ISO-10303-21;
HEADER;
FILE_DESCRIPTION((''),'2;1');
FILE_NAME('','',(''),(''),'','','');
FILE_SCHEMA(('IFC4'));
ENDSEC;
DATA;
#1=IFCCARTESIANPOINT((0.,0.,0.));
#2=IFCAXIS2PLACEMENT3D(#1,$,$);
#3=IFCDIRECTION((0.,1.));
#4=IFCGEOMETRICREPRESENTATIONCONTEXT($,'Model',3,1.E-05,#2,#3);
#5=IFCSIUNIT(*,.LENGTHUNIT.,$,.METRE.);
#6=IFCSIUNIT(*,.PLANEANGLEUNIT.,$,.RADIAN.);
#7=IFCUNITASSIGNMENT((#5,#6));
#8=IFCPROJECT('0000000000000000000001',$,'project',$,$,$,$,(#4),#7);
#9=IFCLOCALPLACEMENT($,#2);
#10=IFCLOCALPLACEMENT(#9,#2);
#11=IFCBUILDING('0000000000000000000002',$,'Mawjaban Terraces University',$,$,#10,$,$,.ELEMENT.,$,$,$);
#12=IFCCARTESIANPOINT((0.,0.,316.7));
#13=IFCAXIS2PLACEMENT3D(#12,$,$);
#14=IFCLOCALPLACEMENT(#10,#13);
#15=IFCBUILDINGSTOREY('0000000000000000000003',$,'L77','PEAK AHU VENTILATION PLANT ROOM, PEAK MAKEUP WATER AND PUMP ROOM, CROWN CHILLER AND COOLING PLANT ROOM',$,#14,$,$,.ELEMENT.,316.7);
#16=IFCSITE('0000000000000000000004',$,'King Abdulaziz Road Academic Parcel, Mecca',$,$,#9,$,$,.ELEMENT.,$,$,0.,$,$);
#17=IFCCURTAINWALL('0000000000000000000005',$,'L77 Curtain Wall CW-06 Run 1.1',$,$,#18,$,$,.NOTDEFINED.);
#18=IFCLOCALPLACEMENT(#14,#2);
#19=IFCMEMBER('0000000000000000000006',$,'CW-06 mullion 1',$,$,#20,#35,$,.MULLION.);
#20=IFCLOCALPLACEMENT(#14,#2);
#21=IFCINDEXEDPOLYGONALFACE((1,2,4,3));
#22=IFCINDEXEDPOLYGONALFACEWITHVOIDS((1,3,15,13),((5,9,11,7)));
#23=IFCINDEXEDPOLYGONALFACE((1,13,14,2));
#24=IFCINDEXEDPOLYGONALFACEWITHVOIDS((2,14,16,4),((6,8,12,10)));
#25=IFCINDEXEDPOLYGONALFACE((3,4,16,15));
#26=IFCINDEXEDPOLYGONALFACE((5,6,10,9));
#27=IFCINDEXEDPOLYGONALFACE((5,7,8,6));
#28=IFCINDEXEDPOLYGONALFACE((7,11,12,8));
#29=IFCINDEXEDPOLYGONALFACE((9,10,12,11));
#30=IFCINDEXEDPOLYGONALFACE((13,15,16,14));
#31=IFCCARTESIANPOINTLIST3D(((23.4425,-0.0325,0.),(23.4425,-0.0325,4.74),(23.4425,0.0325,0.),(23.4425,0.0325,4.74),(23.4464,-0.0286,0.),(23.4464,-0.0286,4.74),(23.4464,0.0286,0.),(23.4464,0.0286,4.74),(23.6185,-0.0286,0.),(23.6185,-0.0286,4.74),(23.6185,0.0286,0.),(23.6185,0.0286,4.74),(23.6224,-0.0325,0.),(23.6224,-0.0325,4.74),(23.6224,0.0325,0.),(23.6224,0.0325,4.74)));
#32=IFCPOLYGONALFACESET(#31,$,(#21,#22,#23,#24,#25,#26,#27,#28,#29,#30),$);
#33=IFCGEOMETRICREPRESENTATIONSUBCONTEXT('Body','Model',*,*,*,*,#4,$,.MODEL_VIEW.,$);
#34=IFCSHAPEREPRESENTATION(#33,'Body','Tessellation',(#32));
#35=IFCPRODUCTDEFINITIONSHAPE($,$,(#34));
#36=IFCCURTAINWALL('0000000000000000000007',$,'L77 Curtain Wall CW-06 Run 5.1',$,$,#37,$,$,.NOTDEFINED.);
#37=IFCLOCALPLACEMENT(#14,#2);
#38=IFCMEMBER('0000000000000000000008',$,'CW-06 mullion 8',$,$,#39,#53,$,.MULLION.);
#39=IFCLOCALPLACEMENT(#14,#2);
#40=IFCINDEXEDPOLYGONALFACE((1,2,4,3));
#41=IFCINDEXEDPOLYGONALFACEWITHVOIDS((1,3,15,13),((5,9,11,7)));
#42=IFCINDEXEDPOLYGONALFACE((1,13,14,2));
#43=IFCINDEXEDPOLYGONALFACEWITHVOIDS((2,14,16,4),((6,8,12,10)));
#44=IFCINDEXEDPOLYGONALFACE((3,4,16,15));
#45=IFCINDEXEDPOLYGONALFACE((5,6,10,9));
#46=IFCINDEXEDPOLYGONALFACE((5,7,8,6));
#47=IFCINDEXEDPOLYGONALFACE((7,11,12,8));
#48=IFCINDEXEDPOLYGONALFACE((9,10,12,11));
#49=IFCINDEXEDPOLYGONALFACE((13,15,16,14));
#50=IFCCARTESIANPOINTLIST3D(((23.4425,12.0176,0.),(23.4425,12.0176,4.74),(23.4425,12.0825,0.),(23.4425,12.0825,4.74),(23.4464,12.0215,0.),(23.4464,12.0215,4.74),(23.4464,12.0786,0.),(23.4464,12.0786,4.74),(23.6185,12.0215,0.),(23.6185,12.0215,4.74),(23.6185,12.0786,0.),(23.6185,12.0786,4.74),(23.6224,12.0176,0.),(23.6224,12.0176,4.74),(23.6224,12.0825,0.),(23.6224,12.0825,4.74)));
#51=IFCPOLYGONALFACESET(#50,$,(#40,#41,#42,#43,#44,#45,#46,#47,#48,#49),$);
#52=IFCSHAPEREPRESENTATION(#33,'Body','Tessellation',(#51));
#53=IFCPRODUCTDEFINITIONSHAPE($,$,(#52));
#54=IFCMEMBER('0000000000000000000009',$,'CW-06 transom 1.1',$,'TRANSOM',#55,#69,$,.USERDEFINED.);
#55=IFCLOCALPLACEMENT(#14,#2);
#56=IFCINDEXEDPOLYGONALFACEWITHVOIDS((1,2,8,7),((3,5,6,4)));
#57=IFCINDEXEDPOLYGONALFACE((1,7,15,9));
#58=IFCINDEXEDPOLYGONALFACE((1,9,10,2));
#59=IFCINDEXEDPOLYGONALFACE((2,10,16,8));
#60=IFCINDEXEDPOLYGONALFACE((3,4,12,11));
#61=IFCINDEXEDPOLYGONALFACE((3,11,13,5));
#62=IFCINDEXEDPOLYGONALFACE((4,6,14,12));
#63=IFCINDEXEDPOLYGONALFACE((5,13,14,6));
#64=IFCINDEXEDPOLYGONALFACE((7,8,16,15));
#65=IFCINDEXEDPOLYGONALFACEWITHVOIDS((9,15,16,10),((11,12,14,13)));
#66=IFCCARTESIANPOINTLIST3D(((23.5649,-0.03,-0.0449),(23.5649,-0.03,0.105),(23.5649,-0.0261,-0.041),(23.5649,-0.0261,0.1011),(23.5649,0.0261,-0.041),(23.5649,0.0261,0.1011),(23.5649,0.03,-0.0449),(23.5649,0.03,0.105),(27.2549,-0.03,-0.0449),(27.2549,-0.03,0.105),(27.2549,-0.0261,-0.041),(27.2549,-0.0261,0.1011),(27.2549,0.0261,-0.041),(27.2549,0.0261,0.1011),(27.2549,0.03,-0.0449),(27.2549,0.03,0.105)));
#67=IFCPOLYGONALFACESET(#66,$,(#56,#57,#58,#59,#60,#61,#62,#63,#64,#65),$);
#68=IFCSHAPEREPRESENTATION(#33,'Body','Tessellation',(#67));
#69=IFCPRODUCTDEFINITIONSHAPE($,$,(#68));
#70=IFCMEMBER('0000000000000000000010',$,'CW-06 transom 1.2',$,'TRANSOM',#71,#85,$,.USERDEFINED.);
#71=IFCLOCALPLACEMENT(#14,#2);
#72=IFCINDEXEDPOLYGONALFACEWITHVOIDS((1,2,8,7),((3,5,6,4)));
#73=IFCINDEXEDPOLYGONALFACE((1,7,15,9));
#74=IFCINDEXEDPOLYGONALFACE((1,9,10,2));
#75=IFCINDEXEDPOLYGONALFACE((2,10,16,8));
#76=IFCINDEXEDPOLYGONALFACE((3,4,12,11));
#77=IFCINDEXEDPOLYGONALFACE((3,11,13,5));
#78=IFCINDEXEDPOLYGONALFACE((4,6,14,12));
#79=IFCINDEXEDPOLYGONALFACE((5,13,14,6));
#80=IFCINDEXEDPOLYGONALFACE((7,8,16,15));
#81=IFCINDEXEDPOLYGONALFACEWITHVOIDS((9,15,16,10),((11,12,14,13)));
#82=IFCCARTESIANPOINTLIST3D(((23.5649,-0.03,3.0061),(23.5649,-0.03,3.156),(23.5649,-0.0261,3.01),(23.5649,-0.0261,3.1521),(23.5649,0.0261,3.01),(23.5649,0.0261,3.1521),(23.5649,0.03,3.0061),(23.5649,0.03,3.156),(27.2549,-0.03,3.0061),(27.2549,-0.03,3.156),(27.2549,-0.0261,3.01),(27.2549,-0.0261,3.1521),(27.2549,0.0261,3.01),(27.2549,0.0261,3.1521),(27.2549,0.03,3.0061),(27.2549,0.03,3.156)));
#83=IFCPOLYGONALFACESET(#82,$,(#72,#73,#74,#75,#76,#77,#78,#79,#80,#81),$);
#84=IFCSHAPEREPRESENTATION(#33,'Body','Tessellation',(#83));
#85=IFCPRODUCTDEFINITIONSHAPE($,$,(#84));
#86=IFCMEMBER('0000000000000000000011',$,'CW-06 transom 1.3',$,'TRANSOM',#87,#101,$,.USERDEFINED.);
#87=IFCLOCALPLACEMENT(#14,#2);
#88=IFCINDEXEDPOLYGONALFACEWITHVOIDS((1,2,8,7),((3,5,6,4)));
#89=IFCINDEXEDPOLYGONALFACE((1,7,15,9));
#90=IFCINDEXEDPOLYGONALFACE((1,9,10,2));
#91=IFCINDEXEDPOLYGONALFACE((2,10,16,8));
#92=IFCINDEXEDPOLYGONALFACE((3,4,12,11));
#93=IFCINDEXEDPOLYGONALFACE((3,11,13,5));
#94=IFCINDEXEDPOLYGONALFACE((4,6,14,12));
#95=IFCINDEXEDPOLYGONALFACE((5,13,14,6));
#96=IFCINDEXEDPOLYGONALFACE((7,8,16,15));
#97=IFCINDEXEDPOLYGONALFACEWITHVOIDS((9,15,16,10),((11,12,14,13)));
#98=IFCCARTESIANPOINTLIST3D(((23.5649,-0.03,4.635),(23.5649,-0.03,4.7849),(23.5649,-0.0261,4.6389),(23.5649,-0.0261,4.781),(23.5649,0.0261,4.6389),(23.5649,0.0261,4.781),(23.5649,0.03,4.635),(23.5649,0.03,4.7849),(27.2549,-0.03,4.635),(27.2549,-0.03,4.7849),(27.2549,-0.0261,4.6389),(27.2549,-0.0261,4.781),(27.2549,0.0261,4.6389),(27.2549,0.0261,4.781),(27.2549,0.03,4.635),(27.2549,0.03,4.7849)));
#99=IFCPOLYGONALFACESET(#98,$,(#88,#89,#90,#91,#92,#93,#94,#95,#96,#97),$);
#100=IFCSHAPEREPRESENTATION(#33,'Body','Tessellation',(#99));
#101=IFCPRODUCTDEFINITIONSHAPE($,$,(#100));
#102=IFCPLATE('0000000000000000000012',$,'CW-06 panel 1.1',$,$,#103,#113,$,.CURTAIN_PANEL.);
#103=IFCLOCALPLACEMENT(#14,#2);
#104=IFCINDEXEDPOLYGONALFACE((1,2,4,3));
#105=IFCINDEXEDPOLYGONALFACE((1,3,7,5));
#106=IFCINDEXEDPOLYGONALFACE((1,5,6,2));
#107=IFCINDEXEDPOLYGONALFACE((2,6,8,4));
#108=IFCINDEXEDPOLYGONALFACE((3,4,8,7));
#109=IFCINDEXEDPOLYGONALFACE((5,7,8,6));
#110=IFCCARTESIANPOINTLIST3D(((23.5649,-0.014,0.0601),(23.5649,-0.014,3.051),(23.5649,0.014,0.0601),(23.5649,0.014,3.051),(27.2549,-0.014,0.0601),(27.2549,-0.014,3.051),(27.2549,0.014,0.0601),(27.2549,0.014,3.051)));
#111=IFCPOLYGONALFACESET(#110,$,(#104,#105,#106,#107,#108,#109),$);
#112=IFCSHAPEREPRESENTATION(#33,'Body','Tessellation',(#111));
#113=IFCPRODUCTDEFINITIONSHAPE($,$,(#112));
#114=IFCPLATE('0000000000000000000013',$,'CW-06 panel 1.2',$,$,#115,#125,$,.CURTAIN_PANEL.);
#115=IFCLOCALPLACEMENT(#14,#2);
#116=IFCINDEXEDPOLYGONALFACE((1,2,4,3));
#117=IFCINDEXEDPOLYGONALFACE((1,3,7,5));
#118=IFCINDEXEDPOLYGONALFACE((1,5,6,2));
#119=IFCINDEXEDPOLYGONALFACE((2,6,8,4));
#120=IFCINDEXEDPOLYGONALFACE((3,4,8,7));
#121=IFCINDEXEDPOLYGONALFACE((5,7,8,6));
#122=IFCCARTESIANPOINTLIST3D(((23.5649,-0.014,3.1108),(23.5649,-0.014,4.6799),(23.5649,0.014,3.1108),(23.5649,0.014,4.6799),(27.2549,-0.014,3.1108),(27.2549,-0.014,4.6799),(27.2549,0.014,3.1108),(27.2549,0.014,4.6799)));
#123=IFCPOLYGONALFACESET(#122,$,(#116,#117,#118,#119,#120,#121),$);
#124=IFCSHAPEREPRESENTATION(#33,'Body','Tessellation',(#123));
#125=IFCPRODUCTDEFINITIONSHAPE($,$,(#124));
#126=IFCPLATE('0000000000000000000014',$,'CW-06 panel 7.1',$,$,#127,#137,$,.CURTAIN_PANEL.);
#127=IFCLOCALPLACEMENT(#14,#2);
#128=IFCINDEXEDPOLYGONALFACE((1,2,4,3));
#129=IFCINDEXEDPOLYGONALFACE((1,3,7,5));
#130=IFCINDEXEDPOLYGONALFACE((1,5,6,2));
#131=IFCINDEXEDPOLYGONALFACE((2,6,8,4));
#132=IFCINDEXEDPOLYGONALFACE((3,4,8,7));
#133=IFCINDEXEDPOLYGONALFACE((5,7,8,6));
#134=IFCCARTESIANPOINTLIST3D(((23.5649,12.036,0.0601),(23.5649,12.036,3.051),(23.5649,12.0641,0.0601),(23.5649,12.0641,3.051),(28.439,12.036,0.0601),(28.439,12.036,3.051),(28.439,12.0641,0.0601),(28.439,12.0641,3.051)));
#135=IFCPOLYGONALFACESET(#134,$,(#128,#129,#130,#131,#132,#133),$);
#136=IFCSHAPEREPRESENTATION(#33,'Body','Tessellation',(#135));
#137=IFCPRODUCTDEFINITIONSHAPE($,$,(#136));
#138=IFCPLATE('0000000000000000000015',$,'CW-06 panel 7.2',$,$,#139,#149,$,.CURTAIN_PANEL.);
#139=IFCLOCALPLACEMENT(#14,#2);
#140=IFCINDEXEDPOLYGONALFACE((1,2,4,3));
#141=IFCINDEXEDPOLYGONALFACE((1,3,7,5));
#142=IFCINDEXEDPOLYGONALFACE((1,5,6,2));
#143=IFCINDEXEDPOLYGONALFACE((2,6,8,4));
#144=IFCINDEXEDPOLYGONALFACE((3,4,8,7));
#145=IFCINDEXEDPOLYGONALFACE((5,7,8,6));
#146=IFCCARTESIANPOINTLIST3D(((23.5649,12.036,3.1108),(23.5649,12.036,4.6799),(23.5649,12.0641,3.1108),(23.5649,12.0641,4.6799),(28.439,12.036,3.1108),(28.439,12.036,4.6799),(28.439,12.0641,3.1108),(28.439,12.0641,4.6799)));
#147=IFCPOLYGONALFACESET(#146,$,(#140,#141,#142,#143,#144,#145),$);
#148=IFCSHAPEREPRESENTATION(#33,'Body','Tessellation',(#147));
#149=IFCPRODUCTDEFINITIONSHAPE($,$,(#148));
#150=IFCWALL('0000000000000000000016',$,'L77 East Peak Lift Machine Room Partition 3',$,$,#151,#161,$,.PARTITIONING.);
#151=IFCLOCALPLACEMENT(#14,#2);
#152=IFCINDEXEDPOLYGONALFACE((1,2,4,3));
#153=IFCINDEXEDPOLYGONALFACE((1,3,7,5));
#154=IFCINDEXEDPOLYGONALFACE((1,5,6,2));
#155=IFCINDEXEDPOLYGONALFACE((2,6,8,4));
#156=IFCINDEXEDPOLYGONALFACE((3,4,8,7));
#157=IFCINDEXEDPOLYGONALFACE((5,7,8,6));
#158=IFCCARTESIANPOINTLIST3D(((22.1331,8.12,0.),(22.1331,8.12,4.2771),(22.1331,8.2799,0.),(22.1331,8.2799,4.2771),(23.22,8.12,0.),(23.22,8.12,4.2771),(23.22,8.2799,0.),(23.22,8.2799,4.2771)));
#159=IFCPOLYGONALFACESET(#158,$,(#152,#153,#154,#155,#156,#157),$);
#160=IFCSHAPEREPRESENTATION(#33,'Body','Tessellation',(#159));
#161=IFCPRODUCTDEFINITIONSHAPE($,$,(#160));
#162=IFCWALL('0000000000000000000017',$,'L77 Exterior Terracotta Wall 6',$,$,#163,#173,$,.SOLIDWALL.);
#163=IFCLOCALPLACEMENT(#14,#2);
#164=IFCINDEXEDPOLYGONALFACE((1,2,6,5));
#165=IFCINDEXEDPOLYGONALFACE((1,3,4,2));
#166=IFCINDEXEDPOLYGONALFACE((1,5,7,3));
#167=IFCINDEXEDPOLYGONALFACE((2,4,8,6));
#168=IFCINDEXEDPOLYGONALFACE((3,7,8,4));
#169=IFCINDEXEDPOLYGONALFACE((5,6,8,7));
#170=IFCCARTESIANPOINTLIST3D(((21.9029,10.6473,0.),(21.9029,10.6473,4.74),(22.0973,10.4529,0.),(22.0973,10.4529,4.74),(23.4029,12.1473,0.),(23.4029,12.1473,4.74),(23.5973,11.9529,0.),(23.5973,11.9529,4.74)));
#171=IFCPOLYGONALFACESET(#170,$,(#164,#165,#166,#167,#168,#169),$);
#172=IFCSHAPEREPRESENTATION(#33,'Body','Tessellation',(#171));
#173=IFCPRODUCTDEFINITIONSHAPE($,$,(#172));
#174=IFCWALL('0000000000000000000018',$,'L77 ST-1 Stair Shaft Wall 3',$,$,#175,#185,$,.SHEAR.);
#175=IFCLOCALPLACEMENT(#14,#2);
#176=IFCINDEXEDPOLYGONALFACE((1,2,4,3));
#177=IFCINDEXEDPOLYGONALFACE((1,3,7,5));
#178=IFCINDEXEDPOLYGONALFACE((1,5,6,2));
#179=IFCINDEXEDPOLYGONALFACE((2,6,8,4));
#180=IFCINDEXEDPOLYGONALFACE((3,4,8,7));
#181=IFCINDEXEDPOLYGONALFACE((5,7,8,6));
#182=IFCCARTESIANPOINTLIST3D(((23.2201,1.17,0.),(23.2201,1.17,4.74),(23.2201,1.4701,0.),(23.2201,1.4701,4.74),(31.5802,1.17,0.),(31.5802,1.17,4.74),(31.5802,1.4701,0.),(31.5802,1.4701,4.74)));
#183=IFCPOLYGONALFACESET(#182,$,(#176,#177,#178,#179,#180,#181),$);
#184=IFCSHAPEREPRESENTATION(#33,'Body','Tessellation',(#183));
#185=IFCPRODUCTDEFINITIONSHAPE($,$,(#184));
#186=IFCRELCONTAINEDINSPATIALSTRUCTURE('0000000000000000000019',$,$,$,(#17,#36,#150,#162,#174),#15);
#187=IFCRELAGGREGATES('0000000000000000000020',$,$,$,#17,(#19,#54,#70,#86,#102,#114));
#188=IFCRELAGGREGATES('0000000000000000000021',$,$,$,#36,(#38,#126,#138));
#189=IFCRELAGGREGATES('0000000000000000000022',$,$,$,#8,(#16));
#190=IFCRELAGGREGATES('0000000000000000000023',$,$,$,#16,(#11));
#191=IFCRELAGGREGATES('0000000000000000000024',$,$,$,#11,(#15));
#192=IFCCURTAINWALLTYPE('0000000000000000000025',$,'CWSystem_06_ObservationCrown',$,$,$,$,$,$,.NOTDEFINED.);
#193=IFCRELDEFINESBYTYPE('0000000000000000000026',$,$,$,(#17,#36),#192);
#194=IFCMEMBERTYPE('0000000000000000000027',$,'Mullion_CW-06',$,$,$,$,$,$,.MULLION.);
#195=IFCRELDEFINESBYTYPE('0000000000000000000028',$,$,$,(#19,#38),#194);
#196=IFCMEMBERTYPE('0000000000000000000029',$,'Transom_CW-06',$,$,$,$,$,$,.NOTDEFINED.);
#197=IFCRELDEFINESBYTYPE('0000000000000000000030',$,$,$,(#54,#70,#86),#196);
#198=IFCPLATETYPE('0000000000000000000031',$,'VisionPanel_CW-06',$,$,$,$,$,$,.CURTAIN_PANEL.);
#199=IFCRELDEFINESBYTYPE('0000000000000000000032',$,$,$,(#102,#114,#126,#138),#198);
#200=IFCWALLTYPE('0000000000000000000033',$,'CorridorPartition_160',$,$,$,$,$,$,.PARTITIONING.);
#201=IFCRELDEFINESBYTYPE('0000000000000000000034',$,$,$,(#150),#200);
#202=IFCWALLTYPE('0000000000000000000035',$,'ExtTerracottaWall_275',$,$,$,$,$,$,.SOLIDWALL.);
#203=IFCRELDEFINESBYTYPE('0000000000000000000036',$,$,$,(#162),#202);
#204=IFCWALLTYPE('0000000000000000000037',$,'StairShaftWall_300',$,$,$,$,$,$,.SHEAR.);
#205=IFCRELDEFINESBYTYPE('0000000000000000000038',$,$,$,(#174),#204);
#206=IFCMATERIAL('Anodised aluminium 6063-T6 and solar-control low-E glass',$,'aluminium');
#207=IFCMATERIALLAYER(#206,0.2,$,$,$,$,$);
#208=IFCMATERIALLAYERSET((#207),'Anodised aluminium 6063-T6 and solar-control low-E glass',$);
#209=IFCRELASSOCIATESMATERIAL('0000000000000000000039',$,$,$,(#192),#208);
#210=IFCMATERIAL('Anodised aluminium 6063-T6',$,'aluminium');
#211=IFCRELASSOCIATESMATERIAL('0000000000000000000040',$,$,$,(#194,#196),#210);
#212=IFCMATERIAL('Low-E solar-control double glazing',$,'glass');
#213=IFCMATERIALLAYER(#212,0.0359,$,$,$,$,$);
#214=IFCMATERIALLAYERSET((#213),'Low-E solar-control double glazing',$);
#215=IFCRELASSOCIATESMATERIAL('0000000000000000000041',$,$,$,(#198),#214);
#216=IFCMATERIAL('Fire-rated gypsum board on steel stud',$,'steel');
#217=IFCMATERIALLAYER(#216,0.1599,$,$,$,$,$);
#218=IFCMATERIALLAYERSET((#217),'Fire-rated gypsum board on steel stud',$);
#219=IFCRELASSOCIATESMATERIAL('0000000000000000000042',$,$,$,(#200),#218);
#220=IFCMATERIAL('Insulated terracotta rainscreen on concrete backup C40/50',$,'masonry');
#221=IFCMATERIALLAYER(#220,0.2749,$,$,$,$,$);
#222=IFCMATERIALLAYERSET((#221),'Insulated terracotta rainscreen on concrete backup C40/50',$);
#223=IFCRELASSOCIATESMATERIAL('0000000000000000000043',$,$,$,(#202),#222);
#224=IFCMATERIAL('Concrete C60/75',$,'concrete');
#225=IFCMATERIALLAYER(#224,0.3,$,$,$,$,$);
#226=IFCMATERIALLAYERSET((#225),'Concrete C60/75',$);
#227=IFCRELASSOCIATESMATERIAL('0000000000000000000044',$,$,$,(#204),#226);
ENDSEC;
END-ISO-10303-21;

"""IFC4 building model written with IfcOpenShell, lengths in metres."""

from ifc_helpers import new_model, si_unit, direction, frame, frame_2d, origin, origin_2d, place, context, subcontext, project, spatial, rectangle, hollow_rectangle, extrude, material, layer, layer_set, material_profile, profile_set, type_object, element, aggregate, save


model = new_model("IFC4")

# Units and contexts
model_context = context("Model", 3, precision=1e-05, world=origin(), true_north=direction((0.0, 1.0)))
body_context = subcontext(model_context, "Body", "Model", "MODEL_VIEW")
ifc_project = project(units=[si_unit("LENGTHUNIT", "METRE"), si_unit("PLANEANGLEUNIT", "RADIAN")], contexts=[model_context])

# Site, building, storey
site_placement = place(None, origin())
site = spatial("IfcSite", under=ifc_project, at=site_placement, Name="King Abdulaziz Road Academic Parcel, Mecca", CompositionType="ELEMENT", RefElevation=0.0)
building_placement = place(site_placement, origin())
building = spatial("IfcBuilding", under=site, at=building_placement, Name="Mawjaban Terraces University", CompositionType="ELEMENT")
storey_placement = place(building_placement, frame((0.0, 0.0, 316.7)))
storey = spatial("IfcBuildingStorey", under=building, at=storey_placement, Name="L77", Description="PEAK AHU VENTILATION PLANT ROOM, PEAK MAKEUP WATER AND PUMP ROOM, CROWN CHILLER AND COOLING PLANT ROOM", CompositionType="ELEMENT", Elevation=316.7)

# Curtain walls, members
ifc_material_1 = material(Name="Anodised aluminium 6063-T6 and solar-control low-E glass", Category="aluminium")
ifc_layer_1 = layer(ifc_material_1, 0.2)
ifc_layer_set_1 = layer_set([ifc_layer_1], Name="Anodised aluminium 6063-T6 and solar-control low-E glass")
curtain_wall_type = type_object("IfcCurtainWallType", Name="CWSystem_06_ObservationCrown", PredefinedType="NOTDEFINED", material=ifc_layer_set_1)
curtain_wall_1_placement = place(storey_placement, origin())
curtain_wall_1 = element("IfcCurtainWall", 1, at=curtain_wall_1_placement, inside=storey, type_object=curtain_wall_type, Name="L77 Curtain Wall CW-06 Run 1.1", PredefinedType="NOTDEFINED")
ifc_material_2 = material(Name="Anodised aluminium 6063-T6", Category="aluminium")
ifc_material_profile_1 = material_profile(ifc_material_2, hollow_rectangle(XDim=0.0649, YDim=0.1799, WallThickness=0.0039, at=origin_2d()), Name="ALU180X65X4")
ifc_profile_set_1 = profile_set([ifc_material_profile_1], Name="Anodised aluminium 6063-T6")
member_type_1 = type_object("IfcMemberType", Name="Mullion_CW-06", PredefinedType="MULLION", material=ifc_profile_set_1)
member_1_placement = place(storey_placement, frame((23.5325, 0.0, 0.0), z_axis=(0.0, 0.0, 1.0), x_axis=(0.0, 1.0, 0.0)))
member_1 = element("IfcMember", 2, at=member_1_placement, type_object=member_type_1, Name="CW-06 mullion 1", PredefinedType="MULLION", context=body_context, shape_type="SweptSolid", body=[
    extrude(hollow_rectangle(XDim=0.0649, YDim=0.1799, WallThickness=0.0039, at=origin_2d()), origin(), (0.0, 0.0, 1.0), 4.74),
])
curtain_wall_2_placement = place(storey_placement, origin())
curtain_wall_2 = element("IfcCurtainWall", 3, at=curtain_wall_2_placement, inside=storey, type_object=curtain_wall_type, Name="L77 Curtain Wall CW-06 Run 5.1", PredefinedType="NOTDEFINED")
member_2_placement = place(storey_placement, frame((23.5325, 12.05, 0.0), z_axis=(0.0, 0.0, 1.0), x_axis=(0.0, -1.0, 0.0)))
member_2 = element("IfcMember", 4, at=member_2_placement, type_object=member_type_1, Name="CW-06 mullion 8", PredefinedType="MULLION", context=body_context, shape_type="SweptSolid", body=[
    extrude(hollow_rectangle(XDim=0.0649, YDim=0.1799, WallThickness=0.0039, at=origin_2d()), origin(), (0.0, 0.0, 1.0), 4.74),
])

# Members
ifc_material_profile_2 = material_profile(ifc_material_2, hollow_rectangle(XDim=0.0601, YDim=0.1499, WallThickness=0.0039, at=origin_2d()), Name="ALU150X60X4")
ifc_profile_set_2 = profile_set([ifc_material_profile_2], Name="Anodised aluminium 6063-T6")
member_type_2 = type_object("IfcMemberType", Name="Transom_CW-06", PredefinedType="NOTDEFINED", material=ifc_profile_set_2)
member_3_placement = place(storey_placement, frame((23.5649, 0.0, 0.03), z_axis=(1.0, 0.0, 0.0), x_axis=(0.0, 1.0, 0.0)))
member_3 = element("IfcMember", 5, at=member_3_placement, type_object=member_type_2, Name="CW-06 transom 1.1", ObjectType="TRANSOM", PredefinedType="USERDEFINED", context=body_context, shape_type="SweptSolid", body=[
    extrude(hollow_rectangle(XDim=0.0601, YDim=0.1499, WallThickness=0.0039, at=origin_2d()), origin(), (0.0, 0.0, 1.0), 3.6899),
])
member_4_placement = place(storey_placement, frame((23.5649, 0.0, 3.0811), z_axis=(1.0, 0.0, 0.0), x_axis=(0.0, 1.0, 0.0)))
member_4 = element("IfcMember", 6, at=member_4_placement, type_object=member_type_2, Name="CW-06 transom 1.2", ObjectType="TRANSOM", PredefinedType="USERDEFINED", context=body_context, shape_type="SweptSolid", body=[
    extrude(hollow_rectangle(XDim=0.0601, YDim=0.1499, WallThickness=0.0039, at=origin_2d()), origin(), (0.0, 0.0, 1.0), 3.6899),
])
member_5_placement = place(storey_placement, frame((23.5649, 0.0, 4.71), z_axis=(1.0, 0.0, 0.0), x_axis=(0.0, 1.0, 0.0)))
member_5 = element("IfcMember", 7, at=member_5_placement, type_object=member_type_2, Name="CW-06 transom 1.3", ObjectType="TRANSOM", PredefinedType="USERDEFINED", context=body_context, shape_type="SweptSolid", body=[
    extrude(hollow_rectangle(XDim=0.0601, YDim=0.1499, WallThickness=0.0039, at=origin_2d()), origin(), (0.0, 0.0, 1.0), 3.6899),
])

# Plates
ifc_material_3 = material(Name="Low-E solar-control double glazing", Category="glass")
ifc_layer_2 = layer(ifc_material_3, 0.0359)
ifc_layer_set_2 = layer_set([ifc_layer_2], Name="Low-E solar-control double glazing")
plate_type = type_object("IfcPlateType", Name="VisionPanel_CW-06", PredefinedType="CURTAIN_PANEL", material=ifc_layer_set_2)
plate_1_placement = place(storey_placement, frame((25.4099, 0.0, 0.0601), z_axis=(0.0, 0.0, 1.0), x_axis=(1.0, 0.0, 0.0)))
plate_1 = element("IfcPlate", 8, at=plate_1_placement, type_object=plate_type, Name="CW-06 panel 1.1", PredefinedType="CURTAIN_PANEL", context=body_context, shape_type="SweptSolid", body=[
    extrude(rectangle(XDim=3.6899, YDim=0.0281, at=origin_2d()), origin(), (0.0, 0.0, 1.0), 2.991),
])
plate_2_placement = place(storey_placement, frame((25.4099, 0.0, 3.1108), z_axis=(0.0, 0.0, 1.0), x_axis=(1.0, 0.0, 0.0)))
plate_2 = element("IfcPlate", 9, at=plate_2_placement, type_object=plate_type, Name="CW-06 panel 1.2", PredefinedType="CURTAIN_PANEL", context=body_context, shape_type="SweptSolid", body=[
    extrude(rectangle(XDim=3.6899, YDim=0.0281, at=origin_2d()), origin(), (0.0, 0.0, 1.0), 1.5691),
])
aggregate(curtain_wall_1, [member_1, member_3, member_4, member_5, plate_1, plate_2])
plate_3_placement = place(storey_placement, frame((26.002, 12.05, 0.0601), z_axis=(0.0, 0.0, 1.0), x_axis=(-1.0, 0.0, 0.0)))
plate_3 = element("IfcPlate", 10, at=plate_3_placement, type_object=plate_type, Name="CW-06 panel 7.1", PredefinedType="CURTAIN_PANEL", context=body_context, shape_type="SweptSolid", body=[
    extrude(rectangle(XDim=4.874, YDim=0.0281, at=origin_2d()), origin(), (0.0, 0.0, 1.0), 2.991),
])
plate_4_placement = place(storey_placement, frame((26.002, 12.05, 3.1108), z_axis=(0.0, 0.0, 1.0), x_axis=(-1.0, 0.0, 0.0)))
plate_4 = element("IfcPlate", 11, at=plate_4_placement, type_object=plate_type, Name="CW-06 panel 7.2", PredefinedType="CURTAIN_PANEL", context=body_context, shape_type="SweptSolid", body=[
    extrude(rectangle(XDim=4.874, YDim=0.0281, at=origin_2d()), origin(), (0.0, 0.0, 1.0), 1.5691),
])
aggregate(curtain_wall_2, [member_2, plate_3, plate_4])

# Walls
ifc_material_4 = material(Name="Fire-rated gypsum board on steel stud", Category="steel")
ifc_layer_3 = layer(ifc_material_4, 0.1599)
ifc_layer_set_3 = layer_set([ifc_layer_3], Name="Fire-rated gypsum board on steel stud")
wall_type_1 = type_object("IfcWallType", Name="CorridorPartition_160", PredefinedType="PARTITIONING", material=ifc_layer_set_3)
wall_1_placement = place(storey_placement, frame((23.22, 8.2, 0.0), z_axis=(0.0, 0.0, 1.0), x_axis=(-1.0, 0.0, 0.0)))
element("IfcWall", 12, at=wall_1_placement, inside=storey, type_object=wall_type_1, Name="L77 East Peak Lift Machine Room Partition 3", PredefinedType="PARTITIONING", context=body_context, shape_type="SweptSolid", body=[
    extrude(rectangle(XDim=1.0869, YDim=0.1599, at=frame_2d((0.5435, 0.0))), origin(), (0.0, 0.0, 1.0), 4.2771),
])
ifc_material_5 = material(Name="Insulated terracotta rainscreen on concrete backup C40/50", Category="masonry")
ifc_layer_4 = layer(ifc_material_5, 0.2749)
ifc_layer_set_4 = layer_set([ifc_layer_4], Name="Insulated terracotta rainscreen on concrete backup C40/50")
wall_type_2 = type_object("IfcWallType", Name="ExtTerracottaWall_275", PredefinedType="SOLIDWALL", material=ifc_layer_set_4)
wall_2_placement = place(storey_placement, frame((23.5, 12.05, 0.0), z_axis=(0.0, 0.0, 1.0), x_axis=(-0.707107, -0.707107, 0.0)))
element("IfcWall", 13, at=wall_2_placement, inside=storey, type_object=wall_type_2, Name="L77 Exterior Terracotta Wall 6", PredefinedType="SOLIDWALL", context=body_context, shape_type="SweptSolid", body=[
    extrude(rectangle(XDim=2.1213, YDim=0.2749, at=frame_2d((1.0605, 0.0))), origin(), (0.0, 0.0, 1.0), 4.74),
])
ifc_material_6 = material(Name="Concrete C60/75", Category="concrete")
ifc_layer_5 = layer(ifc_material_6, 0.3)
ifc_layer_set_5 = layer_set([ifc_layer_5], Name="Concrete C60/75")
wall_type_3 = type_object("IfcWallType", Name="StairShaftWall_300", PredefinedType="SHEAR", material=ifc_layer_set_5)
for number, where, z_axis, x_axis, name in (
    (14, (23.22, 1.3201, 0.0), (0.0, 0.0, 1.0), (1.0, 0.0, 0.0), "L77 ST-1 Stair Shaft Wall 3"),
):
    element("IfcWall", number, at=place(storey_placement, frame(where, z_axis=z_axis, x_axis=x_axis)), inside=storey, type_object=wall_type_3, Name=name, PredefinedType="SHEAR", context=body_context, shape_type="SweptSolid", body=[
        extrude(rectangle(XDim=8.3601, YDim=0.3, at=frame_2d((4.1802, 0.0))), origin(), (0.0, 0.0, 1.0), 4.74),
    ])

save(model, "model.ifc")
